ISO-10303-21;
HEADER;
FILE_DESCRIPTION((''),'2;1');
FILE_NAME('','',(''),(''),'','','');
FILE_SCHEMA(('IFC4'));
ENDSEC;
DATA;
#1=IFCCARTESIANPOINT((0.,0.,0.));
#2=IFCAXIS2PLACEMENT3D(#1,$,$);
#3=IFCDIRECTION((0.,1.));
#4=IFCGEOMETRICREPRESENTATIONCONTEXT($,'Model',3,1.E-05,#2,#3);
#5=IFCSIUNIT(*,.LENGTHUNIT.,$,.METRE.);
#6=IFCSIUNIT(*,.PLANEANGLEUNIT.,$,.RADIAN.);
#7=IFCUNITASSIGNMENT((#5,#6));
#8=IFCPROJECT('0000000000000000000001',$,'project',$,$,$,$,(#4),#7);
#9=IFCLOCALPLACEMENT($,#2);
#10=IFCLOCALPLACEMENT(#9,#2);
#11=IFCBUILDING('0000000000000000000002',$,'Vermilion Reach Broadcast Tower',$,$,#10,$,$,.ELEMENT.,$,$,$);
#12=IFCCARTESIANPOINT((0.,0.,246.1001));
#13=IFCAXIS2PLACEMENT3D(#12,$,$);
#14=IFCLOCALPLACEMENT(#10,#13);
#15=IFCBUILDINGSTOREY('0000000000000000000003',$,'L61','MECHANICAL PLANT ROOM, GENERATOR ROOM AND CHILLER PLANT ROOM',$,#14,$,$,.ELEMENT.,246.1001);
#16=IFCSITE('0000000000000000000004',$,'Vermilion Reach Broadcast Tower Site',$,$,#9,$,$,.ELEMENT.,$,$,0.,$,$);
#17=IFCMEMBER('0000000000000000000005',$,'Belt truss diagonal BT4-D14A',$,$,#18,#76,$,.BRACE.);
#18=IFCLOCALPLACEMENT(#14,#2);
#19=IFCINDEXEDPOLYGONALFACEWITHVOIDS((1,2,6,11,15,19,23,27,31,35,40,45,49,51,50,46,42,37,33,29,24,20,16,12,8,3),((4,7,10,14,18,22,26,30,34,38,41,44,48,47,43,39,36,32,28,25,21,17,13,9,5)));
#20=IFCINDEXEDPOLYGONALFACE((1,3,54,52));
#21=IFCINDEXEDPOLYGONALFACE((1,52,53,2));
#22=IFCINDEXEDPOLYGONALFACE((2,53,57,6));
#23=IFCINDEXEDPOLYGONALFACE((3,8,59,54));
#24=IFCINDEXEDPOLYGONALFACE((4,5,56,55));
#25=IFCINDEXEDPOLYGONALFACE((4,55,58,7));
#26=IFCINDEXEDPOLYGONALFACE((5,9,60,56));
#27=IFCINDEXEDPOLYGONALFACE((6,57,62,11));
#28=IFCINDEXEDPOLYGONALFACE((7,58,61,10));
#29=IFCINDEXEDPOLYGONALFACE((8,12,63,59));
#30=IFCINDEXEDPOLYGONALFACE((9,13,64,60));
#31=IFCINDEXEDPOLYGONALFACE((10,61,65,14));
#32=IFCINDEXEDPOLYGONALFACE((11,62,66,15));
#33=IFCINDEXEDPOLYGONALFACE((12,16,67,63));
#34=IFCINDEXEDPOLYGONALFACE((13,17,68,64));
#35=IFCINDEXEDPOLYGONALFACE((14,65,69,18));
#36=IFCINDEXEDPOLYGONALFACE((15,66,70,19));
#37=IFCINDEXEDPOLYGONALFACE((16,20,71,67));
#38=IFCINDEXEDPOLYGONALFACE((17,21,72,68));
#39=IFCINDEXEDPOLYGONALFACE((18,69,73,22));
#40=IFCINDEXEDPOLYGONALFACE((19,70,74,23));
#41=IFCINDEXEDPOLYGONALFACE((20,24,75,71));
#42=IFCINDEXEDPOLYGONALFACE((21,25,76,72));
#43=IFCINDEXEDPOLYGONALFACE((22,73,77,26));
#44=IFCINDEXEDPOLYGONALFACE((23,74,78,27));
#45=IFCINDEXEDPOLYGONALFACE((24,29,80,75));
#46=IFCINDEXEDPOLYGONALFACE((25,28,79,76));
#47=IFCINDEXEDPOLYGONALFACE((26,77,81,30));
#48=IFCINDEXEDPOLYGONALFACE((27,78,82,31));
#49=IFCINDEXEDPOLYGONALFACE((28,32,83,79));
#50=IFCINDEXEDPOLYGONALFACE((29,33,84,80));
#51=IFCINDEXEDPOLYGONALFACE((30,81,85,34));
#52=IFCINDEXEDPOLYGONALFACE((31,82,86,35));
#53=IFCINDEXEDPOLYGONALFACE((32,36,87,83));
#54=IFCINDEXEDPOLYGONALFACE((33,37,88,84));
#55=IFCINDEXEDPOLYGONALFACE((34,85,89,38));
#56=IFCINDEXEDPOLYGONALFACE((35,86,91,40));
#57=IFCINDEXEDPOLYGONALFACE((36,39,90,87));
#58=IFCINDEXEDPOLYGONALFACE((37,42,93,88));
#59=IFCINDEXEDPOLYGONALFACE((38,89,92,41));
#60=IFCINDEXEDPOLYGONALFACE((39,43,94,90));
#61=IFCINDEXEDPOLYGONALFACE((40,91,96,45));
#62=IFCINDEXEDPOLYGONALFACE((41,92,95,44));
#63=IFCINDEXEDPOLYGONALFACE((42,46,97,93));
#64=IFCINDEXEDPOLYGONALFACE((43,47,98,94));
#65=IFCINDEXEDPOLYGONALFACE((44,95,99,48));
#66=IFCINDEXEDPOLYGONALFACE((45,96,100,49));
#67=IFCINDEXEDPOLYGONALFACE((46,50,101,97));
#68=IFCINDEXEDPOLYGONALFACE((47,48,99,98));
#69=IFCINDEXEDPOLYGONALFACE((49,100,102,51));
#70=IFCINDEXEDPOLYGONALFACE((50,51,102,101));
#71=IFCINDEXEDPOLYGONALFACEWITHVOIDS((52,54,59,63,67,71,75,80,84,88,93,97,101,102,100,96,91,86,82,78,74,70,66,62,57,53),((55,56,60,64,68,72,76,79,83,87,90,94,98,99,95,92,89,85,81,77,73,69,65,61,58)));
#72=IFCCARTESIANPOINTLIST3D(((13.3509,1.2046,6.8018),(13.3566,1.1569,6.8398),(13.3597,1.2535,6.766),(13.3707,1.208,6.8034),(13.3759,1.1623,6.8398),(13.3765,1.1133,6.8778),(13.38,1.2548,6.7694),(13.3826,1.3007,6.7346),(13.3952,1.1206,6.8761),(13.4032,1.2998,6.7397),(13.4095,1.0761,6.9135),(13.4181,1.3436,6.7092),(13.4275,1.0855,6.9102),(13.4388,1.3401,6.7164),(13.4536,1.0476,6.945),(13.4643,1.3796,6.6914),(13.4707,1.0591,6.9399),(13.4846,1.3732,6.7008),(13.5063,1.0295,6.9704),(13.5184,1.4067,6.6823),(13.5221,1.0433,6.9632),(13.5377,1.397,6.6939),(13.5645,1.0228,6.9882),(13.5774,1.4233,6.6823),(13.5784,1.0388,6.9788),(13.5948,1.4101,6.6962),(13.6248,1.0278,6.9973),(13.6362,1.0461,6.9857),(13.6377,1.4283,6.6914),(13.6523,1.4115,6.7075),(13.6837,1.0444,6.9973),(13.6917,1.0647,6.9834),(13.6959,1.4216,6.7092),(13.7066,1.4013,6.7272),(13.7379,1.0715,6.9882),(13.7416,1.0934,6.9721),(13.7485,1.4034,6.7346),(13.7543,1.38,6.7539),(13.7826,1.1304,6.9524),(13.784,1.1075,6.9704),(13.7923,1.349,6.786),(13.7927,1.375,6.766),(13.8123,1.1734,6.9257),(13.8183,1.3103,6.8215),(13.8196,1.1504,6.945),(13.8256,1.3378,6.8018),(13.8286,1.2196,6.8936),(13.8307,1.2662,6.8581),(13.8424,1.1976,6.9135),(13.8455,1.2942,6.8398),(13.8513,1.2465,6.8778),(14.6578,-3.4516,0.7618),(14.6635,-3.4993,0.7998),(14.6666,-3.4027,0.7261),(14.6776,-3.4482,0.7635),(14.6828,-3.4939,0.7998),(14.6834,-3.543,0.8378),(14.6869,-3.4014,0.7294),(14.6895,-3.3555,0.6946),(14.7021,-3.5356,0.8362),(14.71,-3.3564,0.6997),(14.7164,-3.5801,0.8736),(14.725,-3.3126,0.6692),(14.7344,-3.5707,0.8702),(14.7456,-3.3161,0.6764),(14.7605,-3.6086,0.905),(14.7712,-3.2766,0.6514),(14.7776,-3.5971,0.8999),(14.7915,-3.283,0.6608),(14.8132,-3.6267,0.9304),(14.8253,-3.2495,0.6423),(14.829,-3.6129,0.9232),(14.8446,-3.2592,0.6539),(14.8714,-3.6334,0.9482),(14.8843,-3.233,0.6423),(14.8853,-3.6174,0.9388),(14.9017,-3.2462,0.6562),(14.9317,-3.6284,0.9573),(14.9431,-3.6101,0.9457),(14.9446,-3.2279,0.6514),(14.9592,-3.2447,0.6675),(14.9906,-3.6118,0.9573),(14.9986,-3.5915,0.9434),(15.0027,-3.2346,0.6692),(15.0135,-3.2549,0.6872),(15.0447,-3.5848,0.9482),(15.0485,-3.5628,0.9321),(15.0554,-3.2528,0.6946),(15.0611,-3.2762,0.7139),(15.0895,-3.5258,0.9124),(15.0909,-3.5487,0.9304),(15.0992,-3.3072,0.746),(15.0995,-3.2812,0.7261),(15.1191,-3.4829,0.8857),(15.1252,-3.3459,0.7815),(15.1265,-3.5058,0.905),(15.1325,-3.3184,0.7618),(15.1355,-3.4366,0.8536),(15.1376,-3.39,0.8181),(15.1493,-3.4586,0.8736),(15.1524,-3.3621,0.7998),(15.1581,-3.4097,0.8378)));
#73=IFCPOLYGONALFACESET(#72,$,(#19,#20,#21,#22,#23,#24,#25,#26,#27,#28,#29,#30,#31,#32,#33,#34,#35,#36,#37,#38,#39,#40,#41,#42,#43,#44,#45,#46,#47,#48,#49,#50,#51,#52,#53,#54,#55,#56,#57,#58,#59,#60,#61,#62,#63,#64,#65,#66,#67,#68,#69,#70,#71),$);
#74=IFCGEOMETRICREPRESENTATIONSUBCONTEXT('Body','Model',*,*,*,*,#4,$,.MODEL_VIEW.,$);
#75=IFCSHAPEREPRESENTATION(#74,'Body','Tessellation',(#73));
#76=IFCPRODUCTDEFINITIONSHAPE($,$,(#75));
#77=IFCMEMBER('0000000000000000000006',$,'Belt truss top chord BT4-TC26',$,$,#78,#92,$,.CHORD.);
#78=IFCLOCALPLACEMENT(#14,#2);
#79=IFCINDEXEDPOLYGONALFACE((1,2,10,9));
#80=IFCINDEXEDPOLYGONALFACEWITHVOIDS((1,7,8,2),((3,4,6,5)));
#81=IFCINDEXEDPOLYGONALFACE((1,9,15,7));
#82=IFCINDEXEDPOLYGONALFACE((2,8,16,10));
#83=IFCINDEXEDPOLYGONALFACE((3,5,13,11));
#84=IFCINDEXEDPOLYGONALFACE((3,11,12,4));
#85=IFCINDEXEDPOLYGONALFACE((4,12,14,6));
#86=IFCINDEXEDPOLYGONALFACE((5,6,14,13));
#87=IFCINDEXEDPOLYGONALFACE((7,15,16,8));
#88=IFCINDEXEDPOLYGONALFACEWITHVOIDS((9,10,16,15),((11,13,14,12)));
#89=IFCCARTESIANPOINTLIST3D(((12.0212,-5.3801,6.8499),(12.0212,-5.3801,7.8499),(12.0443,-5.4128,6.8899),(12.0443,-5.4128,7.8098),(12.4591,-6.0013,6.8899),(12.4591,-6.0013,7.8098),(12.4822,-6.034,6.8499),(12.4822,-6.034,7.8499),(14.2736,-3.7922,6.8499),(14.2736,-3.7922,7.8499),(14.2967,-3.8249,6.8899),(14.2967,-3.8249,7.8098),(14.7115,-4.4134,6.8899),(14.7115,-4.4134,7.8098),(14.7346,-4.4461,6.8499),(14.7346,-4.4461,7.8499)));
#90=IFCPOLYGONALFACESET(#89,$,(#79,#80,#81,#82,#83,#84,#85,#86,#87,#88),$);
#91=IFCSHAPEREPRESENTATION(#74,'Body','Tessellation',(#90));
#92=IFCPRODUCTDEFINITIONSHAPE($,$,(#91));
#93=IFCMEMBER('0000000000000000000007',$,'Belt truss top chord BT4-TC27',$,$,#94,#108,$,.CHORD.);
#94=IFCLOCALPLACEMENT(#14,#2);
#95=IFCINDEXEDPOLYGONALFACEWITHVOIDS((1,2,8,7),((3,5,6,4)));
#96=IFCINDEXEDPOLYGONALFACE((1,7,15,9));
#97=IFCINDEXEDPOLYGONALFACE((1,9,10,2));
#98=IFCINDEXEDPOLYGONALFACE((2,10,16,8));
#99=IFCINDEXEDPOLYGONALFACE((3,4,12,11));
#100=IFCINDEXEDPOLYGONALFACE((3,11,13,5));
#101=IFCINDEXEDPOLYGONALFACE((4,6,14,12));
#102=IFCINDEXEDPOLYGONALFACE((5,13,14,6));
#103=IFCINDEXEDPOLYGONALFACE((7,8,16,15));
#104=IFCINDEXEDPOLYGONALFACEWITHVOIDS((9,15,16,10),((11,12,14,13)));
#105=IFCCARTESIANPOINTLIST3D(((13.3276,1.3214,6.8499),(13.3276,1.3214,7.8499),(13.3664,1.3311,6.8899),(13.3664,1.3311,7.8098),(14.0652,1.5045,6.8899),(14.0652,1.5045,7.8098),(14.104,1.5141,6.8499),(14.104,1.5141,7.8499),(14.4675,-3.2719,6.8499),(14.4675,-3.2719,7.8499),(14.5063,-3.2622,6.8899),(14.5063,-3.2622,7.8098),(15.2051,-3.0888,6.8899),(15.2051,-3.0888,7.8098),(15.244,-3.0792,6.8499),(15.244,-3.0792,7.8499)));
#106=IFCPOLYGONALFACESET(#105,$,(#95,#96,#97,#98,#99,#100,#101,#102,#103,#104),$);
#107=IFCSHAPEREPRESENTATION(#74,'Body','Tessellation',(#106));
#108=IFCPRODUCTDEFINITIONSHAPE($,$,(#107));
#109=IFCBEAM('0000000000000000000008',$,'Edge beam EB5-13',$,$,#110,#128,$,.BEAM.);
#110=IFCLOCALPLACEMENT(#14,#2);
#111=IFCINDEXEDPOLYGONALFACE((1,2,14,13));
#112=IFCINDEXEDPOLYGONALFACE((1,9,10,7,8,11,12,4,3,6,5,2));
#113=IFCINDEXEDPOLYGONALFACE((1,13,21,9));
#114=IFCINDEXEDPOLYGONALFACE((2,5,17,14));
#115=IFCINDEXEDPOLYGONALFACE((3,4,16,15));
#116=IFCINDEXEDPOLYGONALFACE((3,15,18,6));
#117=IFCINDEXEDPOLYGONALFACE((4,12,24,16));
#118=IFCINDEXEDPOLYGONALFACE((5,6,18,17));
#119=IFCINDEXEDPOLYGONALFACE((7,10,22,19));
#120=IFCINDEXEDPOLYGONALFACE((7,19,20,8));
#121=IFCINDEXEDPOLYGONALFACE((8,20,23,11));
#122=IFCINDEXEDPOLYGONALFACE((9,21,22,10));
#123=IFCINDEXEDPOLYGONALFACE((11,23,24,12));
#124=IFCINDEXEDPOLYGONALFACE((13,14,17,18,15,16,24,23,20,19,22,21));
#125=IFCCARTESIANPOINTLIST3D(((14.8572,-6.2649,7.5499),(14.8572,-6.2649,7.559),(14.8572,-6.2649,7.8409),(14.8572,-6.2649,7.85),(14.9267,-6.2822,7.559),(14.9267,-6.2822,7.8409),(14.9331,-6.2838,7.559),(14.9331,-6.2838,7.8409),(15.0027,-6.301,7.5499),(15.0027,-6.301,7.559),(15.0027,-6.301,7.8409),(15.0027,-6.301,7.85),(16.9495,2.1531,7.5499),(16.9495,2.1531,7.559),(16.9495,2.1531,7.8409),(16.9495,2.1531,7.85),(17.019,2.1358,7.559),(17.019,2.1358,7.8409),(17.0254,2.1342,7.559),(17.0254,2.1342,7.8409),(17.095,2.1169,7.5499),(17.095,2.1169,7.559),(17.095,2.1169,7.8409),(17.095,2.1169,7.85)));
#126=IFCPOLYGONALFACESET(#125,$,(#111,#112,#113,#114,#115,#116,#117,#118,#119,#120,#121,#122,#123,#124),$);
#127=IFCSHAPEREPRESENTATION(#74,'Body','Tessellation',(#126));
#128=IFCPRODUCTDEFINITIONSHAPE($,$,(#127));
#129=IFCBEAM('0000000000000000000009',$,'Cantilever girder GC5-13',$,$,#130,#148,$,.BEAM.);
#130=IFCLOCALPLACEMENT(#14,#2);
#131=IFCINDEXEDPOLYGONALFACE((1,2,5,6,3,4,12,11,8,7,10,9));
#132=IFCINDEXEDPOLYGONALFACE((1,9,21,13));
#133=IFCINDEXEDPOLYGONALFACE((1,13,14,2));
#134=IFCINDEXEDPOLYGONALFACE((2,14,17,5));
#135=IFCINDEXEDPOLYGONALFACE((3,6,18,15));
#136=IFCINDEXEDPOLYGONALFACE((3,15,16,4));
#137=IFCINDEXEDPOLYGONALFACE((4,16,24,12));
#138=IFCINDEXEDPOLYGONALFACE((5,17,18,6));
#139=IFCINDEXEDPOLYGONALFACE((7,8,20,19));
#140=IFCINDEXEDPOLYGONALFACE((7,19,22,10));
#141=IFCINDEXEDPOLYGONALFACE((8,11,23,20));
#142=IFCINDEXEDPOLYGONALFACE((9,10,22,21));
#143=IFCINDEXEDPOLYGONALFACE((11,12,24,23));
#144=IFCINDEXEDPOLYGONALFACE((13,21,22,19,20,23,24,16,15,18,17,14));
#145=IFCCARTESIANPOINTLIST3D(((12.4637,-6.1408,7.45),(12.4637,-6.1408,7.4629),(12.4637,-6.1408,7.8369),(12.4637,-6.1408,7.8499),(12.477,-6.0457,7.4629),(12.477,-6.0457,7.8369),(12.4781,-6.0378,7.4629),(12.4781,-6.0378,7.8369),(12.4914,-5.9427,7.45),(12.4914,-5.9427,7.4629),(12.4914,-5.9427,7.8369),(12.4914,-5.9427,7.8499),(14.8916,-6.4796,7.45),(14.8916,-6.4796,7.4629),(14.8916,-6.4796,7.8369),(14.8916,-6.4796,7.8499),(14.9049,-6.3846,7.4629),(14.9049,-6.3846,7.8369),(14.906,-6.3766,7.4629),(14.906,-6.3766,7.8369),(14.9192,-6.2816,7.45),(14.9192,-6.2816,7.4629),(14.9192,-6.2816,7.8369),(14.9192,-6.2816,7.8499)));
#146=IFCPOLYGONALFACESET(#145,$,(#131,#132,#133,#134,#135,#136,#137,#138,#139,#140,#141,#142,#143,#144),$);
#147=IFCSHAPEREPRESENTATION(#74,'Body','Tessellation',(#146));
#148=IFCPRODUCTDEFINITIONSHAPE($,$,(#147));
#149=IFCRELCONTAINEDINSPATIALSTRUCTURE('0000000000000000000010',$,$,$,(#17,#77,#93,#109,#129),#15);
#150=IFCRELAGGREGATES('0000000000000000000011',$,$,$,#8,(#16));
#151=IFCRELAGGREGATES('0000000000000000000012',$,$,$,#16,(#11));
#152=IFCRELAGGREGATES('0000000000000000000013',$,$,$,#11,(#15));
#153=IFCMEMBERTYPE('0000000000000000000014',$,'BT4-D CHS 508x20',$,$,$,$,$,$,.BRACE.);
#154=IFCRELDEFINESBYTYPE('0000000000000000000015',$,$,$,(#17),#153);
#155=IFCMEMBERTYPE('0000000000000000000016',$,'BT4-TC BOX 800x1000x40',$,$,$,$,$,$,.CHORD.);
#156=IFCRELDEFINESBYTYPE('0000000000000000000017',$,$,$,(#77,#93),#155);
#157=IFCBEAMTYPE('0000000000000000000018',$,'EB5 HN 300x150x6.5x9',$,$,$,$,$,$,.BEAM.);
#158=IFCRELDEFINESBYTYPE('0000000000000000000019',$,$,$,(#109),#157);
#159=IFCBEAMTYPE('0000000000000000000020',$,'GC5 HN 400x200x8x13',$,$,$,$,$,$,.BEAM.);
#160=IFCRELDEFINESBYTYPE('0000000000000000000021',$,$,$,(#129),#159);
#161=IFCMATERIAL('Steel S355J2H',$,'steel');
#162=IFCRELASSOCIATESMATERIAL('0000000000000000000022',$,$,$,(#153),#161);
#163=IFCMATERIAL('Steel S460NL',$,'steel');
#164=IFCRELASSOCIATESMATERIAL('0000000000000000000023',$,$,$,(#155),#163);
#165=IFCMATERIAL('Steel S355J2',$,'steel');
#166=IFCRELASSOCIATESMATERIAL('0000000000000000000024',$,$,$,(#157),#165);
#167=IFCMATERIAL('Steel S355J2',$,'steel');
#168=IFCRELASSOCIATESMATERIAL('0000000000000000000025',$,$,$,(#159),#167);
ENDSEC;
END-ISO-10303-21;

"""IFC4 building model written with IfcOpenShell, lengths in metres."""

from ifc_helpers import new_model, si_unit, direction, frame, origin, origin_2d, place, context, subcontext, project, spatial, hollow_rectangle, hollow_circle, i_section, extrude, material, material_profile, profile_set, type_object, element, save


model = new_model("IFC4")

# Units and contexts
model_context = context("Model", 3, precision=1e-05, world=origin(), true_north=direction((0.0, 1.0)))
body_context = subcontext(model_context, "Body", "Model", "MODEL_VIEW")
ifc_project = project(units=[si_unit("LENGTHUNIT", "METRE"), si_unit("PLANEANGLEUNIT", "RADIAN")], contexts=[model_context])

# Site, building, storey
site_placement = place(None, origin())
site = spatial("IfcSite", under=ifc_project, at=site_placement, Name="Vermilion Reach Broadcast Tower Site", CompositionType="ELEMENT", RefElevation=0.0)
building_placement = place(site_placement, origin())
building = spatial("IfcBuilding", under=site, at=building_placement, Name="Vermilion Reach Broadcast Tower", CompositionType="ELEMENT")
storey_placement = place(building_placement, frame((0.0, 0.0, 246.1001)))
storey = spatial("IfcBuildingStorey", under=building, at=storey_placement, Name="L61", Description="MECHANICAL PLANT ROOM, GENERATOR ROOM AND CHILLER PLANT ROOM", CompositionType="ELEMENT", Elevation=246.1001)

# Members
ifc_material_1 = material(Name="Steel S355J2H", Category="steel")
ifc_material_profile_1 = material_profile(ifc_material_1, hollow_circle(Radius=0.2539, WallThickness=0.02, at=origin_2d()), Name="S355J2H CHS 508x20")
ifc_profile_set_1 = profile_set([ifc_material_profile_1], Name="Steel S355J2H")
member_type_1 = type_object("IfcMemberType", Name="BT4-D CHS 508x20", PredefinedType="BRACE", material=ifc_profile_set_1)
member_1_placement = place(storey_placement, frame((14.908, -3.4307, 0.7998), z_axis=(-0.1689, 0.601768, 0.780607), x_axis=(-0.962796, -0.270231, 0.0)))
element("IfcMember", 1, at=member_1_placement, inside=storey, type_object=member_type_1, Name="Belt truss diagonal BT4-D14A", PredefinedType="BRACE", context=body_context, shape_type="SweptSolid", body=[
    extrude(hollow_circle(Radius=0.2539, WallThickness=0.02, at=origin_2d()), origin(), (0.0, 0.0, 1.0), 7.7375),
])
ifc_material_2 = material(Name="Steel S460NL", Category="steel")
ifc_material_profile_2 = material_profile(ifc_material_2, hollow_rectangle(XDim=0.8, YDim=1.0, WallThickness=0.04, at=origin_2d()), Name="S460NL BOX 800x1000x40")
ifc_profile_set_2 = profile_set([ifc_material_profile_2], Name="Steel S460NL")
member_type_2 = type_object("IfcMemberType", Name="BT4-TC BOX 800x1000x40", PredefinedType="CHORD", material=ifc_profile_set_2)
member_2_placement = place(storey_placement, frame((12.2517, -5.707, 7.3499), z_axis=(0.817321, 0.576182, 0.0), x_axis=(-0.576182, 0.817321, 0.0)))
element("IfcMember", 2, at=member_2_placement, inside=storey, type_object=member_type_2, Name="Belt truss top chord BT4-TC26", PredefinedType="CHORD", context=body_context, shape_type="SweptSolid", body=[
    extrude(hollow_rectangle(XDim=0.8, YDim=1.0, WallThickness=0.04, at=origin_2d()), origin(), (0.0, 0.0, 1.0), 2.7559),
])
member_3_placement = place(storey_placement, frame((14.8557, -3.1755, 7.3499), z_axis=(-0.24086, 0.97056, 0.0), x_axis=(-0.97056, -0.24086, 0.0)))
element("IfcMember", 3, at=member_3_placement, inside=storey, type_object=member_type_2, Name="Belt truss top chord BT4-TC27", PredefinedType="CHORD", context=body_context, shape_type="SweptSolid", body=[
    extrude(hollow_rectangle(XDim=0.8, YDim=1.0, WallThickness=0.04, at=origin_2d()), origin(), (0.0, 0.0, 1.0), 4.7327),
])

# Beams
ifc_material_3 = material(Name="Steel S355J2", Category="steel")
ifc_material_profile_3 = material_profile(ifc_material_3, i_section(OverallWidth=0.1499, OverallDepth=0.3, WebThickness=0.0066, FlangeThickness=0.009, at=origin_2d()), Name="S355J2 HN 300x150x6.5x9")
ifc_profile_set_3 = profile_set([ifc_material_profile_3], Name="Steel S355J2")
beam_type_1 = type_object("IfcBeamType", Name="EB5 HN 300x150x6.5x9", PredefinedType="BEAM", material=ifc_profile_set_3)
beam_1_placement = place(storey_placement, frame((14.9299, -6.283, 7.7), z_axis=(0.241211, 0.970473, 0.0), x_axis=(-0.970473, 0.241211, 0.0)))
element("IfcBeam", 4, at=beam_1_placement, inside=storey, type_object=beam_type_1, Name="Edge beam EB5-13", PredefinedType="BEAM", context=body_context, shape_type="SweptSolid", body=[
    extrude(i_section(OverallWidth=0.1499, OverallDepth=0.3, WebThickness=0.0066, FlangeThickness=0.009, at=origin_2d()), origin(), (0.0, 0.0, 1.0), 8.6741),
])
ifc_material_4 = material(Name="Steel S355J2", Category="steel")
ifc_material_profile_4 = material_profile(ifc_material_4, i_section(OverallWidth=0.2, OverallDepth=0.3999, WebThickness=0.0081, FlangeThickness=0.0129, at=origin_2d()), Name="S355J2 HN 400x200x8x13")
ifc_profile_set_4 = profile_set([ifc_material_profile_4], Name="Steel S355J2")
beam_type_2 = type_object("IfcBeamType", Name="GC5 HN 400x200x8x13", PredefinedType="BEAM", material=ifc_profile_set_4)
beam_2_placement = place(storey_placement, frame((12.4775, -6.0417, 7.6499), z_axis=(0.9904, -0.138228, 0.0), x_axis=(0.138228, 0.9904, 0.0)))
element("IfcBeam", 5, at=beam_2_placement, inside=storey, type_object=beam_type_2, Name="Cantilever girder GC5-13", PredefinedType="BEAM", context=body_context, shape_type="SweptSolid", body=[
    extrude(i_section(OverallWidth=0.2, OverallDepth=0.3999, WebThickness=0.0081, FlangeThickness=0.0129, at=origin_2d()), origin(), (0.0, 0.0, 1.0), 2.4514),
])

save(model, "model.ifc")
